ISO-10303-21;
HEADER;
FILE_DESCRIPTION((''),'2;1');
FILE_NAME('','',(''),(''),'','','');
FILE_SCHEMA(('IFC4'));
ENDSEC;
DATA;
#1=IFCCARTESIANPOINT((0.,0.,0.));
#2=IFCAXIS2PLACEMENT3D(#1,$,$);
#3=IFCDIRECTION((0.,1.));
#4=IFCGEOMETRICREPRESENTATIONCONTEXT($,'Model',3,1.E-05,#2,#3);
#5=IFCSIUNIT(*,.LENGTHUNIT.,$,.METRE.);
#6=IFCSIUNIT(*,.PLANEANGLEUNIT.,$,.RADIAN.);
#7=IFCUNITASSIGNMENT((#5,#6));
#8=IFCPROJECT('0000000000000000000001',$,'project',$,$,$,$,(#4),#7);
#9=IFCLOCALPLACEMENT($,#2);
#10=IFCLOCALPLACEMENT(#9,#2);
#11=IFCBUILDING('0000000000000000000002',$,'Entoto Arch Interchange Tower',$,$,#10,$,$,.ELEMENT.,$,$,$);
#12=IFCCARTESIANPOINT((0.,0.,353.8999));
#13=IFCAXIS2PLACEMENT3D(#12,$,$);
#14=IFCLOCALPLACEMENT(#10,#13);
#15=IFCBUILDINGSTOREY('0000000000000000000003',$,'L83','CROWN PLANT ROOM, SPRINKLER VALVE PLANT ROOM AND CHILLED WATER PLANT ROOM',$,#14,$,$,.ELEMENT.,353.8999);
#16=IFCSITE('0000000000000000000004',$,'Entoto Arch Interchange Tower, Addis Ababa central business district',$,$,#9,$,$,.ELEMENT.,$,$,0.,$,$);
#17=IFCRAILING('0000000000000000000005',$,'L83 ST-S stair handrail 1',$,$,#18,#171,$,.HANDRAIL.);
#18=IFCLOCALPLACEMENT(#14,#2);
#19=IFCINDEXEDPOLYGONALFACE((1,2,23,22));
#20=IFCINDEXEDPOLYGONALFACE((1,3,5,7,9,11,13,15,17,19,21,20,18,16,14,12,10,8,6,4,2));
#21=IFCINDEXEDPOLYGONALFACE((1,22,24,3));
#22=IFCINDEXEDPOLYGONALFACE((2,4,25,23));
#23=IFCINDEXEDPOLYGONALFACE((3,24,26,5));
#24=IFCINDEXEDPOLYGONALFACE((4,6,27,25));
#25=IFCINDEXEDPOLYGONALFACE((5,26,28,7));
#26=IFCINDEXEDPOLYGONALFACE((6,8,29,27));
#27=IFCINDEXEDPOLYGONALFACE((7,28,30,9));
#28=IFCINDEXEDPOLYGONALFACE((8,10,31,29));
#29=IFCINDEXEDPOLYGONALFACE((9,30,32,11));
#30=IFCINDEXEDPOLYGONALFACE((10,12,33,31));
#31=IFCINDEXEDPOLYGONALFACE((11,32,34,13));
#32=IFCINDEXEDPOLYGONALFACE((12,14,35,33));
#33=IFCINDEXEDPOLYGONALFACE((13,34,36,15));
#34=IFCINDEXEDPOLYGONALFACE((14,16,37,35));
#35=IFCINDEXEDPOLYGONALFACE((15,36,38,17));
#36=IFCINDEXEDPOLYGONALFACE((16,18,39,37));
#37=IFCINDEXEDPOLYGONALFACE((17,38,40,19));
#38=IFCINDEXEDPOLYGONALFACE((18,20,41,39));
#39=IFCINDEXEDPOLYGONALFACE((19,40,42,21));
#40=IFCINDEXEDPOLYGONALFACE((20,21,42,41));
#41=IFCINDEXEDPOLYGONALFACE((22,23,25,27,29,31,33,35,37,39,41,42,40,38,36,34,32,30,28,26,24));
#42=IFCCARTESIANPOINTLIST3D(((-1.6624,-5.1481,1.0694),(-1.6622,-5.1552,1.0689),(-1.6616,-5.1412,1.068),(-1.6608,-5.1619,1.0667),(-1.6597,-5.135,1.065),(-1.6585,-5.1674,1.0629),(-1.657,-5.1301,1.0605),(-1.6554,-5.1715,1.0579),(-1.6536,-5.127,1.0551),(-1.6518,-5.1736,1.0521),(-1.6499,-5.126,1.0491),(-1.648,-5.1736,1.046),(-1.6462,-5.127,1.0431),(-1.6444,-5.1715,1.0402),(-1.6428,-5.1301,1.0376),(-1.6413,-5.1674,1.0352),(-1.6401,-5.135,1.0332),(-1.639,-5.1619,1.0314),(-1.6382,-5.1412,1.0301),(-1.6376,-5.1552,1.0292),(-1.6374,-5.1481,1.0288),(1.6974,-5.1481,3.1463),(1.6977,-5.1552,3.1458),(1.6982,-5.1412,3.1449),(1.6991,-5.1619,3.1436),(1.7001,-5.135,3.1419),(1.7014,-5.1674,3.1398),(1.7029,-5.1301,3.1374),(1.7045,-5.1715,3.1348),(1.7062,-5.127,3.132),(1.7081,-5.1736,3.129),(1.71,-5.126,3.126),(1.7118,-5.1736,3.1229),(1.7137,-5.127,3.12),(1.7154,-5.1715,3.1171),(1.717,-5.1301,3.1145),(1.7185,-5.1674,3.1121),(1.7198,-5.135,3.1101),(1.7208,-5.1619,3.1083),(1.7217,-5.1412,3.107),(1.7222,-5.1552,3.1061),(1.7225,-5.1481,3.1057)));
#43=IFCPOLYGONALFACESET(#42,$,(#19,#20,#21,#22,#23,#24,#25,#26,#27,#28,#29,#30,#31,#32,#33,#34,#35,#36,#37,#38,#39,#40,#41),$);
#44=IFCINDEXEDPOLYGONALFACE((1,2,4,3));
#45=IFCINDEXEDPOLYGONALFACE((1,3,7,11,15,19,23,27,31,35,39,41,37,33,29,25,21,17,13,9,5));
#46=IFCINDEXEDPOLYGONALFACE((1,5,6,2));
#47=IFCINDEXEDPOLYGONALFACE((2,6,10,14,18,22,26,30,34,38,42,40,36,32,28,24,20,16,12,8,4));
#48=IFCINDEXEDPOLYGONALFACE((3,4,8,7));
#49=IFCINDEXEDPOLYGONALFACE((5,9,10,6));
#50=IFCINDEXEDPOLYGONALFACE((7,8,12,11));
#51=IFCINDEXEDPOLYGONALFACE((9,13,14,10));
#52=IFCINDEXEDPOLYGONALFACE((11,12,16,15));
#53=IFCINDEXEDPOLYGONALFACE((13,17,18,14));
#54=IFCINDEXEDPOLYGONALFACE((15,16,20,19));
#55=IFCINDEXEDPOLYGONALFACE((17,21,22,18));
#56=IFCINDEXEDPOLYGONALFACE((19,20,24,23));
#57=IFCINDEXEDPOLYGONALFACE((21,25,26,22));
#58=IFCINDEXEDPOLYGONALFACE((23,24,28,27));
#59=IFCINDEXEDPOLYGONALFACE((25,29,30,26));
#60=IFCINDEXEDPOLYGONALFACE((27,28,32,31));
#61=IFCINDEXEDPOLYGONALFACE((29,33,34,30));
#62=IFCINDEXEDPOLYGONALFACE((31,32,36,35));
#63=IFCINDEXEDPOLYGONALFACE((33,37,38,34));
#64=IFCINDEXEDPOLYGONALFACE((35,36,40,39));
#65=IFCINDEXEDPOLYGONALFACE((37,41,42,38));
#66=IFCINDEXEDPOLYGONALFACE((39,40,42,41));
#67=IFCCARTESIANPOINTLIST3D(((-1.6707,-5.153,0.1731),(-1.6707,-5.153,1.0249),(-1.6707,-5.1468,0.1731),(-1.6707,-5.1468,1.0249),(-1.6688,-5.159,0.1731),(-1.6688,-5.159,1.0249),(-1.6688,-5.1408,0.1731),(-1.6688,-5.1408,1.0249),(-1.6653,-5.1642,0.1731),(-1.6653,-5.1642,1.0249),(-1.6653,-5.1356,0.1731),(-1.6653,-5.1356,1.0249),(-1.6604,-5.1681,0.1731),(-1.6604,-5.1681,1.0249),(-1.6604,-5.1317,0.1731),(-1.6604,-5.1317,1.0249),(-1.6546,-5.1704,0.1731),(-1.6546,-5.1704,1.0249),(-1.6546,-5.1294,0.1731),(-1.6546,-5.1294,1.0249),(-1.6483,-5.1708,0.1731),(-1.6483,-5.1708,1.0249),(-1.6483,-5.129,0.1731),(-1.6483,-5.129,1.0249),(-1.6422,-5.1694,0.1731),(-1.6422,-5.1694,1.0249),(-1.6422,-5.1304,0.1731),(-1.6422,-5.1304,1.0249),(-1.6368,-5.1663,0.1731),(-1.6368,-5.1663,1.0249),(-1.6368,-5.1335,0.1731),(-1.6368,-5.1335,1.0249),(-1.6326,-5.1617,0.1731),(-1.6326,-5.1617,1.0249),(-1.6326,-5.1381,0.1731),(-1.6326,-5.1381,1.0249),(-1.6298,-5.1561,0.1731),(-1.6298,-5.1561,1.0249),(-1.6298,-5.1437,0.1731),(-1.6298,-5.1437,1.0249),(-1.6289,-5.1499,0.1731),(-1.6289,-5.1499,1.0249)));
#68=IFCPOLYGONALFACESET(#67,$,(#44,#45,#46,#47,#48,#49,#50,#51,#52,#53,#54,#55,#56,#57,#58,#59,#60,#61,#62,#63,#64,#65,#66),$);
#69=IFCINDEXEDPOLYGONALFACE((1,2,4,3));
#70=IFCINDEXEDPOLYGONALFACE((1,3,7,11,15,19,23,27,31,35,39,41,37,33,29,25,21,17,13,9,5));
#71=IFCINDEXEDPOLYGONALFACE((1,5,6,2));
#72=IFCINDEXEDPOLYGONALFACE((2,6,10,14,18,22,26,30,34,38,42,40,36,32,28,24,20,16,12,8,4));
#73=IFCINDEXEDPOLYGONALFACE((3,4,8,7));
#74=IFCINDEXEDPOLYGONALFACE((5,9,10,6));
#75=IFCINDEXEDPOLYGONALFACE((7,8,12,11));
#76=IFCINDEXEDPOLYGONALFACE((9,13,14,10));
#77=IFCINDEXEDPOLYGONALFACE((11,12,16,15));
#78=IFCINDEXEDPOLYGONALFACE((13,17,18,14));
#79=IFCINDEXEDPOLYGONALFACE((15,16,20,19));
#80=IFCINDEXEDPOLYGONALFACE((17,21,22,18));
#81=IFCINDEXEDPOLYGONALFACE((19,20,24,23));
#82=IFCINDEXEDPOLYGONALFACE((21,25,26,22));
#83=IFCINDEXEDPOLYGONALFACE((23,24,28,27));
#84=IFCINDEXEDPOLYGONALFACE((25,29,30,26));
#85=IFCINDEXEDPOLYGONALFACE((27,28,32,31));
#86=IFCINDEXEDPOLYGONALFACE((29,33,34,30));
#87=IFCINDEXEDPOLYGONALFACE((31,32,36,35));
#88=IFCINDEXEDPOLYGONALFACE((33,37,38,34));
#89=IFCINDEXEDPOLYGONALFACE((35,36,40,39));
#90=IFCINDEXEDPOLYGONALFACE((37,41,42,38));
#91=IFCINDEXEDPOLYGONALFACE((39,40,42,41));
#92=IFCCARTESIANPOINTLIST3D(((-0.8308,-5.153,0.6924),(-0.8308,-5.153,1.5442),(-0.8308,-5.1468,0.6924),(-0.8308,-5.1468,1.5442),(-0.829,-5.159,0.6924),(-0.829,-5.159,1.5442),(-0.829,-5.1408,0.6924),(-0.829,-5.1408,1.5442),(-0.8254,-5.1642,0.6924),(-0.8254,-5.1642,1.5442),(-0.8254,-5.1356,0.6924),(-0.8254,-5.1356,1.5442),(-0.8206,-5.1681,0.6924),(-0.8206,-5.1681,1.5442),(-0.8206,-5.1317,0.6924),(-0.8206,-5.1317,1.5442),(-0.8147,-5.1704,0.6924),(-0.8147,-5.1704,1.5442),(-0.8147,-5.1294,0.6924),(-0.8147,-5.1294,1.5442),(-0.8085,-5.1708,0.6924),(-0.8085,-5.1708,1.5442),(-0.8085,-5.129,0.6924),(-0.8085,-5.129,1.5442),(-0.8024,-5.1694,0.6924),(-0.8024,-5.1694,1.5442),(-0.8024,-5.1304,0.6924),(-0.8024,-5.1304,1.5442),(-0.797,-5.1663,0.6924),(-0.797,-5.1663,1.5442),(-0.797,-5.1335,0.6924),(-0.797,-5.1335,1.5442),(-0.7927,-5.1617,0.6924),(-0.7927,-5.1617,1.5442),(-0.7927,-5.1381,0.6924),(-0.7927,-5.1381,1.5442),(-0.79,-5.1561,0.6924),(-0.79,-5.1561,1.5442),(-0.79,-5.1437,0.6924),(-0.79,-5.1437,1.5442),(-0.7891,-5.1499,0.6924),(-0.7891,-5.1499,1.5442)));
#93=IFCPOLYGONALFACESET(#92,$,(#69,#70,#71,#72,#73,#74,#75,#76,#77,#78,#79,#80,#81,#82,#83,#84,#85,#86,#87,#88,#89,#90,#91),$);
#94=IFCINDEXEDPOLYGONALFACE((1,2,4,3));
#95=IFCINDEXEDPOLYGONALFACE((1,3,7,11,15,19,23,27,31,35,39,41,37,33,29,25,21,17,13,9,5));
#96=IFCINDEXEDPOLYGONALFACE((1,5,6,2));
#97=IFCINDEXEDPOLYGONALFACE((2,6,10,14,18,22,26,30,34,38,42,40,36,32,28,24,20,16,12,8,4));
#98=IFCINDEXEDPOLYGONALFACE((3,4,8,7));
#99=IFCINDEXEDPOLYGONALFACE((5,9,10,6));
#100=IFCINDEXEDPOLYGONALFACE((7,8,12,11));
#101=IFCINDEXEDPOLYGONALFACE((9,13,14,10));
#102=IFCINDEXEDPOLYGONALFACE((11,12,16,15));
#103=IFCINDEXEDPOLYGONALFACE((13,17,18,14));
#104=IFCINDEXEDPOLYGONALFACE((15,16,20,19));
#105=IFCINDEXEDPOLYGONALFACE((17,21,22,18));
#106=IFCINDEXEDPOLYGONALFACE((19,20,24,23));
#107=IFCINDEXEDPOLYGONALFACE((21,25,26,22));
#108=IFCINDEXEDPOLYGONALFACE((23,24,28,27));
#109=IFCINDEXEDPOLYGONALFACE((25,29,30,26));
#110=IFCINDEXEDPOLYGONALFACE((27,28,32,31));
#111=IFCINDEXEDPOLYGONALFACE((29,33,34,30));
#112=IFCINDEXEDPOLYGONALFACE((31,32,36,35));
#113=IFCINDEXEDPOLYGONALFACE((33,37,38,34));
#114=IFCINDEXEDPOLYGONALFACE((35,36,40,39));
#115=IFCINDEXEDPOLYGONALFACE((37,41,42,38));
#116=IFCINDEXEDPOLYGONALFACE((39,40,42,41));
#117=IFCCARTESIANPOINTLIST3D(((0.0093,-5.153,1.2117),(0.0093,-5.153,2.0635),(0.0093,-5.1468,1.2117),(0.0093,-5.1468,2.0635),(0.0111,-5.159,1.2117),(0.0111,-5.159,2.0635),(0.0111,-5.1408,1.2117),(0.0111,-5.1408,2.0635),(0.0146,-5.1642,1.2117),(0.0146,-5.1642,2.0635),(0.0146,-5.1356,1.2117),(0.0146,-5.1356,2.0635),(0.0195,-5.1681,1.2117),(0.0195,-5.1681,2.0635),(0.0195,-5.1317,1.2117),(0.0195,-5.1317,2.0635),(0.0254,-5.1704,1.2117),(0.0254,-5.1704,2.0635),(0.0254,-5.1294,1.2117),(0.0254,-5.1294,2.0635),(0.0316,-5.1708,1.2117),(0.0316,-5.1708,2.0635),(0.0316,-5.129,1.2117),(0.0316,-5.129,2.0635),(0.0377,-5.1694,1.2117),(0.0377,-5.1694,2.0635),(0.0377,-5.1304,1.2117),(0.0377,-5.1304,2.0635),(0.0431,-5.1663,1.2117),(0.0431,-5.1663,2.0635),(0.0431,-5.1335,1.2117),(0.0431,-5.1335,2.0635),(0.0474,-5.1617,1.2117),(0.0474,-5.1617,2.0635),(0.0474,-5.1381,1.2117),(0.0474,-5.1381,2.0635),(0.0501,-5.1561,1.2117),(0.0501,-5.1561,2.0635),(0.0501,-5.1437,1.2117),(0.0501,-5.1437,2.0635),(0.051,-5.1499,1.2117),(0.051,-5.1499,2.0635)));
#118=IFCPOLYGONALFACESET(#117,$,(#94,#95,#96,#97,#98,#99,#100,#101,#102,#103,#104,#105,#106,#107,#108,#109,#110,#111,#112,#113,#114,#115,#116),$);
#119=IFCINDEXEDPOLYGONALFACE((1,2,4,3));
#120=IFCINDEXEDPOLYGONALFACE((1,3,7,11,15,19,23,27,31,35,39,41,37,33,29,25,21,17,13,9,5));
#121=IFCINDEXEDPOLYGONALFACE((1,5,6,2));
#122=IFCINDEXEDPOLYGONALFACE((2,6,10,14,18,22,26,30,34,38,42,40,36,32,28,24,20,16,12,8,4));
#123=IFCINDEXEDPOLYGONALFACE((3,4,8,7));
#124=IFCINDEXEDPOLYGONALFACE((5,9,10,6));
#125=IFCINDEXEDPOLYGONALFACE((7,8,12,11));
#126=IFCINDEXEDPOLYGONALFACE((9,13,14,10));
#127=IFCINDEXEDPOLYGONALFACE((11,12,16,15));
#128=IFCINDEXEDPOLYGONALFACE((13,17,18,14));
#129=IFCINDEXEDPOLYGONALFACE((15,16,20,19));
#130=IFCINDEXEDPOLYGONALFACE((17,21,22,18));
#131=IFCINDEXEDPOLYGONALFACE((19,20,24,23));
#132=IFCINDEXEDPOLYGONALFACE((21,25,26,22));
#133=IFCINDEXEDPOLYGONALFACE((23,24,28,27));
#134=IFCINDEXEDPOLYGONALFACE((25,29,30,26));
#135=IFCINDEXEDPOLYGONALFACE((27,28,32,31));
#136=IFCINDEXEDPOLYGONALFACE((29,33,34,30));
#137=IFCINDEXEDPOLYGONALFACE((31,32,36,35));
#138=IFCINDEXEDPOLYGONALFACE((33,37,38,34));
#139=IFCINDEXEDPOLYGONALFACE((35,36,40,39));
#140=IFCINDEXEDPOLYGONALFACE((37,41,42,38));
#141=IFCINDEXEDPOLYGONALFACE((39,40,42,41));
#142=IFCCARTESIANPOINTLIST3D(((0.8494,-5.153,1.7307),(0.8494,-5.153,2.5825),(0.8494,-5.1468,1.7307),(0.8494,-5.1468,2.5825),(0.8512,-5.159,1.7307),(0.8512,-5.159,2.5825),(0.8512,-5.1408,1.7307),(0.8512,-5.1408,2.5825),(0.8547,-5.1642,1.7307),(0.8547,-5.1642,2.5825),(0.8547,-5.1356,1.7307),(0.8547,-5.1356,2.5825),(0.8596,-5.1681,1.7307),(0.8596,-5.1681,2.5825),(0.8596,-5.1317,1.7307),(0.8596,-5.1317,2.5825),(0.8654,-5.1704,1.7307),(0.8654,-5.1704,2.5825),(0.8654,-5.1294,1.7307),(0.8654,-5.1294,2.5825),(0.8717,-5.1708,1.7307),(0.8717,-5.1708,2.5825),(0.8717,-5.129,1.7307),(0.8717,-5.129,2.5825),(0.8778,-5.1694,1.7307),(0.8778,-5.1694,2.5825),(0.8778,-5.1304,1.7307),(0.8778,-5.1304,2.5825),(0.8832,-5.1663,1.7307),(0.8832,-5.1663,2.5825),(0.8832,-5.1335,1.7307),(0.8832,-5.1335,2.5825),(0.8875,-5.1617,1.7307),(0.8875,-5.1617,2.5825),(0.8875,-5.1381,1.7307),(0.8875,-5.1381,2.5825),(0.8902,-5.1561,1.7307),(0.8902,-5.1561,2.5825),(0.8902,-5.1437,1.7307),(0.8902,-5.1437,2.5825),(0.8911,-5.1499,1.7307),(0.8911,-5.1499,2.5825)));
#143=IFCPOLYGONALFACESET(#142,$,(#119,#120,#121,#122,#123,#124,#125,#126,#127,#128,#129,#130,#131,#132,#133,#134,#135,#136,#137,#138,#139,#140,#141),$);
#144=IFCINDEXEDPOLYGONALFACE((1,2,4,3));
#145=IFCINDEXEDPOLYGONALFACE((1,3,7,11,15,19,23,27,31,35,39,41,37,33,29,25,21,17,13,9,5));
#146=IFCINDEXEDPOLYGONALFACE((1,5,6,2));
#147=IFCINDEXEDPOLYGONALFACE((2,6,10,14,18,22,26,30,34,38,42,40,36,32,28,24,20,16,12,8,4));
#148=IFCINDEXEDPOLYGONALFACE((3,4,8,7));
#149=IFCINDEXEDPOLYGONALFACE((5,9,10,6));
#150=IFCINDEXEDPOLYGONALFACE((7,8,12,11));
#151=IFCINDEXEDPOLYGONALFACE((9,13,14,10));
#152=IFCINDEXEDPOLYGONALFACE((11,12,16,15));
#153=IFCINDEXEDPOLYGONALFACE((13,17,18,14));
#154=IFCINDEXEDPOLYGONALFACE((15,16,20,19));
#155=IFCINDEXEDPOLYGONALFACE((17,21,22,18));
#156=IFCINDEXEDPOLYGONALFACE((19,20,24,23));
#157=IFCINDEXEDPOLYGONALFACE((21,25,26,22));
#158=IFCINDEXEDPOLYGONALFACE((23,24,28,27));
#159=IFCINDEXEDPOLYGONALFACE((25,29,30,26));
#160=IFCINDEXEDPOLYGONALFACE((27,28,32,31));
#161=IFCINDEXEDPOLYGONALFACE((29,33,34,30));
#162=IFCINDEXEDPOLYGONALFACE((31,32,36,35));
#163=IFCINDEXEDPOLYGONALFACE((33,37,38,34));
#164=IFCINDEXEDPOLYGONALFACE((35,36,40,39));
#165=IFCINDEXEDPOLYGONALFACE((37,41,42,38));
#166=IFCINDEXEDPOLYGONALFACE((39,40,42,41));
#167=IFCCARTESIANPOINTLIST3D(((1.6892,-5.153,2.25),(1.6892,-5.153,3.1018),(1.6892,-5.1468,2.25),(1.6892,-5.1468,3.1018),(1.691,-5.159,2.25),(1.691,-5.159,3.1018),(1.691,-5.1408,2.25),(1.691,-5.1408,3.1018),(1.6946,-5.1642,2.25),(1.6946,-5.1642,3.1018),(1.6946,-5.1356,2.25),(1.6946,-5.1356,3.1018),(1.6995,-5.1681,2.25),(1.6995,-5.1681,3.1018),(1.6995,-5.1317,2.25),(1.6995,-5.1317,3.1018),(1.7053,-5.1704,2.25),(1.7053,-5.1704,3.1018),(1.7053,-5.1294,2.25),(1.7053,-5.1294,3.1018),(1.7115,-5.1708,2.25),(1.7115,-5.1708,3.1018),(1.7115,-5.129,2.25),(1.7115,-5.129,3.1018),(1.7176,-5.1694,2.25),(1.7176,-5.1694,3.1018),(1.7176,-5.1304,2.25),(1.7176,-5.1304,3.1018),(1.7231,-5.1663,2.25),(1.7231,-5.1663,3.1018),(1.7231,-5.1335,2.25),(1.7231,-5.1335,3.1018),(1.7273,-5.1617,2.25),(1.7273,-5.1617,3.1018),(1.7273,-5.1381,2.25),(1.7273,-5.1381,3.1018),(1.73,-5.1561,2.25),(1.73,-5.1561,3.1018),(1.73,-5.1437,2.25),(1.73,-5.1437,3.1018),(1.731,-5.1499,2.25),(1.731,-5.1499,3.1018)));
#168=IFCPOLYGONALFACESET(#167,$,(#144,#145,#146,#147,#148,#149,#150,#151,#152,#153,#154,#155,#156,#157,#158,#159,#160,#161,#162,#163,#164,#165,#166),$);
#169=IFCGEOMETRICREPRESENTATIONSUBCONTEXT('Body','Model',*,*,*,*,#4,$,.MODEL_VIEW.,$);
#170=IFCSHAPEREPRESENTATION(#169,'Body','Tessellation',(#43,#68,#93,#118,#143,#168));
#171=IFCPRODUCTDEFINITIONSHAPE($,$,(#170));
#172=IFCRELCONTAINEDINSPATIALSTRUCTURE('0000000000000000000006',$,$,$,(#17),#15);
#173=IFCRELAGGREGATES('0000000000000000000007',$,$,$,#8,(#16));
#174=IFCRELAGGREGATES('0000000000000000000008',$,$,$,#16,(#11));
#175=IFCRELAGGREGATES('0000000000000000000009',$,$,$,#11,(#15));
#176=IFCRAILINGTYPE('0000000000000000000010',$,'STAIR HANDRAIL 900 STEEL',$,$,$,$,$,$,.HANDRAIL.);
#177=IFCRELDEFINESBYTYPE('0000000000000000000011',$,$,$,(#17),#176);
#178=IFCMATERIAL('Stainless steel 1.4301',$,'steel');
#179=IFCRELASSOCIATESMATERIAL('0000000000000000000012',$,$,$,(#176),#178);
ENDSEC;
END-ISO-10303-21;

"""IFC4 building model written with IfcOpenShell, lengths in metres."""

from ifc_helpers import new_model, si_unit, direction, frame, origin, origin_2d, place, context, subcontext, project, spatial, circle, extrude, material, type_object, element, save


model = new_model("IFC4")

# Units and contexts
model_context = context("Model", 3, precision=1e-05, world=origin(), true_north=direction((0.0, 1.0)))
body_context = subcontext(model_context, "Body", "Model", "MODEL_VIEW")
ifc_project = project(units=[si_unit("LENGTHUNIT", "METRE"), si_unit("PLANEANGLEUNIT", "RADIAN")], contexts=[model_context])

# Site, building, storey
site_placement = place(None, origin())
site = spatial("IfcSite", under=ifc_project, at=site_placement, Name="Entoto Arch Interchange Tower, Addis Ababa central business district", CompositionType="ELEMENT", RefElevation=0.0)
building_placement = place(site_placement, origin())
building = spatial("IfcBuilding", under=site, at=building_placement, Name="Entoto Arch Interchange Tower", CompositionType="ELEMENT")
storey_placement = place(building_placement, frame((0.0, 0.0, 353.8999)))
storey = spatial("IfcBuildingStorey", under=building, at=storey_placement, Name="L83", Description="CROWN PLANT ROOM, SPRINKLER VALVE PLANT ROOM AND CHILLED WATER PLANT ROOM", CompositionType="ELEMENT", Elevation=353.8999)

# Railing
ifc_material_1 = material(Name="Stainless steel 1.4301", Category="steel")
railing_type_1 = type_object("IfcRailingType", Name="STAIR HANDRAIL 900 STEEL", PredefinedType="HANDRAIL", material=ifc_material_1)
railing_1_placement = place(storey_placement, frame((-1.6499, -5.1499, 0.1731)))
element("IfcRailing", 1, at=railing_1_placement, inside=storey, type_object=railing_type_1, Name="L83 ST-S stair handrail 1", PredefinedType="HANDRAIL", context=body_context, shape_type="SweptSolid", body=[
    extrude(circle(Radius=0.0239, at=origin_2d()), frame((0.0, 0.0, 0.876), z_axis=(0.850606, 0.0, 0.525803), x_axis=(0.0, 1.0, 0.0)), (0.0, 0.0, 1.0), 3.95),
    extrude(circle(Radius=0.021, at=origin_2d()), origin(), (0.0, 0.0, 1.0), 0.8518),
    extrude(circle(Radius=0.021, at=origin_2d()), frame((0.8398, 0.0, 0.5193)), (0.0, 0.0, 1.0), 0.8518),
    extrude(circle(Radius=0.021, at=origin_2d()), frame((1.6799, 0.0, 1.0386)), (0.0, 0.0, 1.0), 0.8518),
    extrude(circle(Radius=0.021, at=origin_2d()), frame((2.52, 0.0, 1.5576)), (0.0, 0.0, 1.0), 0.8518),
    extrude(circle(Radius=0.021, at=origin_2d()), frame((3.3599, 0.0, 2.0769)), (0.0, 0.0, 1.0), 0.8518),
])

save(model, "model.ifc")
